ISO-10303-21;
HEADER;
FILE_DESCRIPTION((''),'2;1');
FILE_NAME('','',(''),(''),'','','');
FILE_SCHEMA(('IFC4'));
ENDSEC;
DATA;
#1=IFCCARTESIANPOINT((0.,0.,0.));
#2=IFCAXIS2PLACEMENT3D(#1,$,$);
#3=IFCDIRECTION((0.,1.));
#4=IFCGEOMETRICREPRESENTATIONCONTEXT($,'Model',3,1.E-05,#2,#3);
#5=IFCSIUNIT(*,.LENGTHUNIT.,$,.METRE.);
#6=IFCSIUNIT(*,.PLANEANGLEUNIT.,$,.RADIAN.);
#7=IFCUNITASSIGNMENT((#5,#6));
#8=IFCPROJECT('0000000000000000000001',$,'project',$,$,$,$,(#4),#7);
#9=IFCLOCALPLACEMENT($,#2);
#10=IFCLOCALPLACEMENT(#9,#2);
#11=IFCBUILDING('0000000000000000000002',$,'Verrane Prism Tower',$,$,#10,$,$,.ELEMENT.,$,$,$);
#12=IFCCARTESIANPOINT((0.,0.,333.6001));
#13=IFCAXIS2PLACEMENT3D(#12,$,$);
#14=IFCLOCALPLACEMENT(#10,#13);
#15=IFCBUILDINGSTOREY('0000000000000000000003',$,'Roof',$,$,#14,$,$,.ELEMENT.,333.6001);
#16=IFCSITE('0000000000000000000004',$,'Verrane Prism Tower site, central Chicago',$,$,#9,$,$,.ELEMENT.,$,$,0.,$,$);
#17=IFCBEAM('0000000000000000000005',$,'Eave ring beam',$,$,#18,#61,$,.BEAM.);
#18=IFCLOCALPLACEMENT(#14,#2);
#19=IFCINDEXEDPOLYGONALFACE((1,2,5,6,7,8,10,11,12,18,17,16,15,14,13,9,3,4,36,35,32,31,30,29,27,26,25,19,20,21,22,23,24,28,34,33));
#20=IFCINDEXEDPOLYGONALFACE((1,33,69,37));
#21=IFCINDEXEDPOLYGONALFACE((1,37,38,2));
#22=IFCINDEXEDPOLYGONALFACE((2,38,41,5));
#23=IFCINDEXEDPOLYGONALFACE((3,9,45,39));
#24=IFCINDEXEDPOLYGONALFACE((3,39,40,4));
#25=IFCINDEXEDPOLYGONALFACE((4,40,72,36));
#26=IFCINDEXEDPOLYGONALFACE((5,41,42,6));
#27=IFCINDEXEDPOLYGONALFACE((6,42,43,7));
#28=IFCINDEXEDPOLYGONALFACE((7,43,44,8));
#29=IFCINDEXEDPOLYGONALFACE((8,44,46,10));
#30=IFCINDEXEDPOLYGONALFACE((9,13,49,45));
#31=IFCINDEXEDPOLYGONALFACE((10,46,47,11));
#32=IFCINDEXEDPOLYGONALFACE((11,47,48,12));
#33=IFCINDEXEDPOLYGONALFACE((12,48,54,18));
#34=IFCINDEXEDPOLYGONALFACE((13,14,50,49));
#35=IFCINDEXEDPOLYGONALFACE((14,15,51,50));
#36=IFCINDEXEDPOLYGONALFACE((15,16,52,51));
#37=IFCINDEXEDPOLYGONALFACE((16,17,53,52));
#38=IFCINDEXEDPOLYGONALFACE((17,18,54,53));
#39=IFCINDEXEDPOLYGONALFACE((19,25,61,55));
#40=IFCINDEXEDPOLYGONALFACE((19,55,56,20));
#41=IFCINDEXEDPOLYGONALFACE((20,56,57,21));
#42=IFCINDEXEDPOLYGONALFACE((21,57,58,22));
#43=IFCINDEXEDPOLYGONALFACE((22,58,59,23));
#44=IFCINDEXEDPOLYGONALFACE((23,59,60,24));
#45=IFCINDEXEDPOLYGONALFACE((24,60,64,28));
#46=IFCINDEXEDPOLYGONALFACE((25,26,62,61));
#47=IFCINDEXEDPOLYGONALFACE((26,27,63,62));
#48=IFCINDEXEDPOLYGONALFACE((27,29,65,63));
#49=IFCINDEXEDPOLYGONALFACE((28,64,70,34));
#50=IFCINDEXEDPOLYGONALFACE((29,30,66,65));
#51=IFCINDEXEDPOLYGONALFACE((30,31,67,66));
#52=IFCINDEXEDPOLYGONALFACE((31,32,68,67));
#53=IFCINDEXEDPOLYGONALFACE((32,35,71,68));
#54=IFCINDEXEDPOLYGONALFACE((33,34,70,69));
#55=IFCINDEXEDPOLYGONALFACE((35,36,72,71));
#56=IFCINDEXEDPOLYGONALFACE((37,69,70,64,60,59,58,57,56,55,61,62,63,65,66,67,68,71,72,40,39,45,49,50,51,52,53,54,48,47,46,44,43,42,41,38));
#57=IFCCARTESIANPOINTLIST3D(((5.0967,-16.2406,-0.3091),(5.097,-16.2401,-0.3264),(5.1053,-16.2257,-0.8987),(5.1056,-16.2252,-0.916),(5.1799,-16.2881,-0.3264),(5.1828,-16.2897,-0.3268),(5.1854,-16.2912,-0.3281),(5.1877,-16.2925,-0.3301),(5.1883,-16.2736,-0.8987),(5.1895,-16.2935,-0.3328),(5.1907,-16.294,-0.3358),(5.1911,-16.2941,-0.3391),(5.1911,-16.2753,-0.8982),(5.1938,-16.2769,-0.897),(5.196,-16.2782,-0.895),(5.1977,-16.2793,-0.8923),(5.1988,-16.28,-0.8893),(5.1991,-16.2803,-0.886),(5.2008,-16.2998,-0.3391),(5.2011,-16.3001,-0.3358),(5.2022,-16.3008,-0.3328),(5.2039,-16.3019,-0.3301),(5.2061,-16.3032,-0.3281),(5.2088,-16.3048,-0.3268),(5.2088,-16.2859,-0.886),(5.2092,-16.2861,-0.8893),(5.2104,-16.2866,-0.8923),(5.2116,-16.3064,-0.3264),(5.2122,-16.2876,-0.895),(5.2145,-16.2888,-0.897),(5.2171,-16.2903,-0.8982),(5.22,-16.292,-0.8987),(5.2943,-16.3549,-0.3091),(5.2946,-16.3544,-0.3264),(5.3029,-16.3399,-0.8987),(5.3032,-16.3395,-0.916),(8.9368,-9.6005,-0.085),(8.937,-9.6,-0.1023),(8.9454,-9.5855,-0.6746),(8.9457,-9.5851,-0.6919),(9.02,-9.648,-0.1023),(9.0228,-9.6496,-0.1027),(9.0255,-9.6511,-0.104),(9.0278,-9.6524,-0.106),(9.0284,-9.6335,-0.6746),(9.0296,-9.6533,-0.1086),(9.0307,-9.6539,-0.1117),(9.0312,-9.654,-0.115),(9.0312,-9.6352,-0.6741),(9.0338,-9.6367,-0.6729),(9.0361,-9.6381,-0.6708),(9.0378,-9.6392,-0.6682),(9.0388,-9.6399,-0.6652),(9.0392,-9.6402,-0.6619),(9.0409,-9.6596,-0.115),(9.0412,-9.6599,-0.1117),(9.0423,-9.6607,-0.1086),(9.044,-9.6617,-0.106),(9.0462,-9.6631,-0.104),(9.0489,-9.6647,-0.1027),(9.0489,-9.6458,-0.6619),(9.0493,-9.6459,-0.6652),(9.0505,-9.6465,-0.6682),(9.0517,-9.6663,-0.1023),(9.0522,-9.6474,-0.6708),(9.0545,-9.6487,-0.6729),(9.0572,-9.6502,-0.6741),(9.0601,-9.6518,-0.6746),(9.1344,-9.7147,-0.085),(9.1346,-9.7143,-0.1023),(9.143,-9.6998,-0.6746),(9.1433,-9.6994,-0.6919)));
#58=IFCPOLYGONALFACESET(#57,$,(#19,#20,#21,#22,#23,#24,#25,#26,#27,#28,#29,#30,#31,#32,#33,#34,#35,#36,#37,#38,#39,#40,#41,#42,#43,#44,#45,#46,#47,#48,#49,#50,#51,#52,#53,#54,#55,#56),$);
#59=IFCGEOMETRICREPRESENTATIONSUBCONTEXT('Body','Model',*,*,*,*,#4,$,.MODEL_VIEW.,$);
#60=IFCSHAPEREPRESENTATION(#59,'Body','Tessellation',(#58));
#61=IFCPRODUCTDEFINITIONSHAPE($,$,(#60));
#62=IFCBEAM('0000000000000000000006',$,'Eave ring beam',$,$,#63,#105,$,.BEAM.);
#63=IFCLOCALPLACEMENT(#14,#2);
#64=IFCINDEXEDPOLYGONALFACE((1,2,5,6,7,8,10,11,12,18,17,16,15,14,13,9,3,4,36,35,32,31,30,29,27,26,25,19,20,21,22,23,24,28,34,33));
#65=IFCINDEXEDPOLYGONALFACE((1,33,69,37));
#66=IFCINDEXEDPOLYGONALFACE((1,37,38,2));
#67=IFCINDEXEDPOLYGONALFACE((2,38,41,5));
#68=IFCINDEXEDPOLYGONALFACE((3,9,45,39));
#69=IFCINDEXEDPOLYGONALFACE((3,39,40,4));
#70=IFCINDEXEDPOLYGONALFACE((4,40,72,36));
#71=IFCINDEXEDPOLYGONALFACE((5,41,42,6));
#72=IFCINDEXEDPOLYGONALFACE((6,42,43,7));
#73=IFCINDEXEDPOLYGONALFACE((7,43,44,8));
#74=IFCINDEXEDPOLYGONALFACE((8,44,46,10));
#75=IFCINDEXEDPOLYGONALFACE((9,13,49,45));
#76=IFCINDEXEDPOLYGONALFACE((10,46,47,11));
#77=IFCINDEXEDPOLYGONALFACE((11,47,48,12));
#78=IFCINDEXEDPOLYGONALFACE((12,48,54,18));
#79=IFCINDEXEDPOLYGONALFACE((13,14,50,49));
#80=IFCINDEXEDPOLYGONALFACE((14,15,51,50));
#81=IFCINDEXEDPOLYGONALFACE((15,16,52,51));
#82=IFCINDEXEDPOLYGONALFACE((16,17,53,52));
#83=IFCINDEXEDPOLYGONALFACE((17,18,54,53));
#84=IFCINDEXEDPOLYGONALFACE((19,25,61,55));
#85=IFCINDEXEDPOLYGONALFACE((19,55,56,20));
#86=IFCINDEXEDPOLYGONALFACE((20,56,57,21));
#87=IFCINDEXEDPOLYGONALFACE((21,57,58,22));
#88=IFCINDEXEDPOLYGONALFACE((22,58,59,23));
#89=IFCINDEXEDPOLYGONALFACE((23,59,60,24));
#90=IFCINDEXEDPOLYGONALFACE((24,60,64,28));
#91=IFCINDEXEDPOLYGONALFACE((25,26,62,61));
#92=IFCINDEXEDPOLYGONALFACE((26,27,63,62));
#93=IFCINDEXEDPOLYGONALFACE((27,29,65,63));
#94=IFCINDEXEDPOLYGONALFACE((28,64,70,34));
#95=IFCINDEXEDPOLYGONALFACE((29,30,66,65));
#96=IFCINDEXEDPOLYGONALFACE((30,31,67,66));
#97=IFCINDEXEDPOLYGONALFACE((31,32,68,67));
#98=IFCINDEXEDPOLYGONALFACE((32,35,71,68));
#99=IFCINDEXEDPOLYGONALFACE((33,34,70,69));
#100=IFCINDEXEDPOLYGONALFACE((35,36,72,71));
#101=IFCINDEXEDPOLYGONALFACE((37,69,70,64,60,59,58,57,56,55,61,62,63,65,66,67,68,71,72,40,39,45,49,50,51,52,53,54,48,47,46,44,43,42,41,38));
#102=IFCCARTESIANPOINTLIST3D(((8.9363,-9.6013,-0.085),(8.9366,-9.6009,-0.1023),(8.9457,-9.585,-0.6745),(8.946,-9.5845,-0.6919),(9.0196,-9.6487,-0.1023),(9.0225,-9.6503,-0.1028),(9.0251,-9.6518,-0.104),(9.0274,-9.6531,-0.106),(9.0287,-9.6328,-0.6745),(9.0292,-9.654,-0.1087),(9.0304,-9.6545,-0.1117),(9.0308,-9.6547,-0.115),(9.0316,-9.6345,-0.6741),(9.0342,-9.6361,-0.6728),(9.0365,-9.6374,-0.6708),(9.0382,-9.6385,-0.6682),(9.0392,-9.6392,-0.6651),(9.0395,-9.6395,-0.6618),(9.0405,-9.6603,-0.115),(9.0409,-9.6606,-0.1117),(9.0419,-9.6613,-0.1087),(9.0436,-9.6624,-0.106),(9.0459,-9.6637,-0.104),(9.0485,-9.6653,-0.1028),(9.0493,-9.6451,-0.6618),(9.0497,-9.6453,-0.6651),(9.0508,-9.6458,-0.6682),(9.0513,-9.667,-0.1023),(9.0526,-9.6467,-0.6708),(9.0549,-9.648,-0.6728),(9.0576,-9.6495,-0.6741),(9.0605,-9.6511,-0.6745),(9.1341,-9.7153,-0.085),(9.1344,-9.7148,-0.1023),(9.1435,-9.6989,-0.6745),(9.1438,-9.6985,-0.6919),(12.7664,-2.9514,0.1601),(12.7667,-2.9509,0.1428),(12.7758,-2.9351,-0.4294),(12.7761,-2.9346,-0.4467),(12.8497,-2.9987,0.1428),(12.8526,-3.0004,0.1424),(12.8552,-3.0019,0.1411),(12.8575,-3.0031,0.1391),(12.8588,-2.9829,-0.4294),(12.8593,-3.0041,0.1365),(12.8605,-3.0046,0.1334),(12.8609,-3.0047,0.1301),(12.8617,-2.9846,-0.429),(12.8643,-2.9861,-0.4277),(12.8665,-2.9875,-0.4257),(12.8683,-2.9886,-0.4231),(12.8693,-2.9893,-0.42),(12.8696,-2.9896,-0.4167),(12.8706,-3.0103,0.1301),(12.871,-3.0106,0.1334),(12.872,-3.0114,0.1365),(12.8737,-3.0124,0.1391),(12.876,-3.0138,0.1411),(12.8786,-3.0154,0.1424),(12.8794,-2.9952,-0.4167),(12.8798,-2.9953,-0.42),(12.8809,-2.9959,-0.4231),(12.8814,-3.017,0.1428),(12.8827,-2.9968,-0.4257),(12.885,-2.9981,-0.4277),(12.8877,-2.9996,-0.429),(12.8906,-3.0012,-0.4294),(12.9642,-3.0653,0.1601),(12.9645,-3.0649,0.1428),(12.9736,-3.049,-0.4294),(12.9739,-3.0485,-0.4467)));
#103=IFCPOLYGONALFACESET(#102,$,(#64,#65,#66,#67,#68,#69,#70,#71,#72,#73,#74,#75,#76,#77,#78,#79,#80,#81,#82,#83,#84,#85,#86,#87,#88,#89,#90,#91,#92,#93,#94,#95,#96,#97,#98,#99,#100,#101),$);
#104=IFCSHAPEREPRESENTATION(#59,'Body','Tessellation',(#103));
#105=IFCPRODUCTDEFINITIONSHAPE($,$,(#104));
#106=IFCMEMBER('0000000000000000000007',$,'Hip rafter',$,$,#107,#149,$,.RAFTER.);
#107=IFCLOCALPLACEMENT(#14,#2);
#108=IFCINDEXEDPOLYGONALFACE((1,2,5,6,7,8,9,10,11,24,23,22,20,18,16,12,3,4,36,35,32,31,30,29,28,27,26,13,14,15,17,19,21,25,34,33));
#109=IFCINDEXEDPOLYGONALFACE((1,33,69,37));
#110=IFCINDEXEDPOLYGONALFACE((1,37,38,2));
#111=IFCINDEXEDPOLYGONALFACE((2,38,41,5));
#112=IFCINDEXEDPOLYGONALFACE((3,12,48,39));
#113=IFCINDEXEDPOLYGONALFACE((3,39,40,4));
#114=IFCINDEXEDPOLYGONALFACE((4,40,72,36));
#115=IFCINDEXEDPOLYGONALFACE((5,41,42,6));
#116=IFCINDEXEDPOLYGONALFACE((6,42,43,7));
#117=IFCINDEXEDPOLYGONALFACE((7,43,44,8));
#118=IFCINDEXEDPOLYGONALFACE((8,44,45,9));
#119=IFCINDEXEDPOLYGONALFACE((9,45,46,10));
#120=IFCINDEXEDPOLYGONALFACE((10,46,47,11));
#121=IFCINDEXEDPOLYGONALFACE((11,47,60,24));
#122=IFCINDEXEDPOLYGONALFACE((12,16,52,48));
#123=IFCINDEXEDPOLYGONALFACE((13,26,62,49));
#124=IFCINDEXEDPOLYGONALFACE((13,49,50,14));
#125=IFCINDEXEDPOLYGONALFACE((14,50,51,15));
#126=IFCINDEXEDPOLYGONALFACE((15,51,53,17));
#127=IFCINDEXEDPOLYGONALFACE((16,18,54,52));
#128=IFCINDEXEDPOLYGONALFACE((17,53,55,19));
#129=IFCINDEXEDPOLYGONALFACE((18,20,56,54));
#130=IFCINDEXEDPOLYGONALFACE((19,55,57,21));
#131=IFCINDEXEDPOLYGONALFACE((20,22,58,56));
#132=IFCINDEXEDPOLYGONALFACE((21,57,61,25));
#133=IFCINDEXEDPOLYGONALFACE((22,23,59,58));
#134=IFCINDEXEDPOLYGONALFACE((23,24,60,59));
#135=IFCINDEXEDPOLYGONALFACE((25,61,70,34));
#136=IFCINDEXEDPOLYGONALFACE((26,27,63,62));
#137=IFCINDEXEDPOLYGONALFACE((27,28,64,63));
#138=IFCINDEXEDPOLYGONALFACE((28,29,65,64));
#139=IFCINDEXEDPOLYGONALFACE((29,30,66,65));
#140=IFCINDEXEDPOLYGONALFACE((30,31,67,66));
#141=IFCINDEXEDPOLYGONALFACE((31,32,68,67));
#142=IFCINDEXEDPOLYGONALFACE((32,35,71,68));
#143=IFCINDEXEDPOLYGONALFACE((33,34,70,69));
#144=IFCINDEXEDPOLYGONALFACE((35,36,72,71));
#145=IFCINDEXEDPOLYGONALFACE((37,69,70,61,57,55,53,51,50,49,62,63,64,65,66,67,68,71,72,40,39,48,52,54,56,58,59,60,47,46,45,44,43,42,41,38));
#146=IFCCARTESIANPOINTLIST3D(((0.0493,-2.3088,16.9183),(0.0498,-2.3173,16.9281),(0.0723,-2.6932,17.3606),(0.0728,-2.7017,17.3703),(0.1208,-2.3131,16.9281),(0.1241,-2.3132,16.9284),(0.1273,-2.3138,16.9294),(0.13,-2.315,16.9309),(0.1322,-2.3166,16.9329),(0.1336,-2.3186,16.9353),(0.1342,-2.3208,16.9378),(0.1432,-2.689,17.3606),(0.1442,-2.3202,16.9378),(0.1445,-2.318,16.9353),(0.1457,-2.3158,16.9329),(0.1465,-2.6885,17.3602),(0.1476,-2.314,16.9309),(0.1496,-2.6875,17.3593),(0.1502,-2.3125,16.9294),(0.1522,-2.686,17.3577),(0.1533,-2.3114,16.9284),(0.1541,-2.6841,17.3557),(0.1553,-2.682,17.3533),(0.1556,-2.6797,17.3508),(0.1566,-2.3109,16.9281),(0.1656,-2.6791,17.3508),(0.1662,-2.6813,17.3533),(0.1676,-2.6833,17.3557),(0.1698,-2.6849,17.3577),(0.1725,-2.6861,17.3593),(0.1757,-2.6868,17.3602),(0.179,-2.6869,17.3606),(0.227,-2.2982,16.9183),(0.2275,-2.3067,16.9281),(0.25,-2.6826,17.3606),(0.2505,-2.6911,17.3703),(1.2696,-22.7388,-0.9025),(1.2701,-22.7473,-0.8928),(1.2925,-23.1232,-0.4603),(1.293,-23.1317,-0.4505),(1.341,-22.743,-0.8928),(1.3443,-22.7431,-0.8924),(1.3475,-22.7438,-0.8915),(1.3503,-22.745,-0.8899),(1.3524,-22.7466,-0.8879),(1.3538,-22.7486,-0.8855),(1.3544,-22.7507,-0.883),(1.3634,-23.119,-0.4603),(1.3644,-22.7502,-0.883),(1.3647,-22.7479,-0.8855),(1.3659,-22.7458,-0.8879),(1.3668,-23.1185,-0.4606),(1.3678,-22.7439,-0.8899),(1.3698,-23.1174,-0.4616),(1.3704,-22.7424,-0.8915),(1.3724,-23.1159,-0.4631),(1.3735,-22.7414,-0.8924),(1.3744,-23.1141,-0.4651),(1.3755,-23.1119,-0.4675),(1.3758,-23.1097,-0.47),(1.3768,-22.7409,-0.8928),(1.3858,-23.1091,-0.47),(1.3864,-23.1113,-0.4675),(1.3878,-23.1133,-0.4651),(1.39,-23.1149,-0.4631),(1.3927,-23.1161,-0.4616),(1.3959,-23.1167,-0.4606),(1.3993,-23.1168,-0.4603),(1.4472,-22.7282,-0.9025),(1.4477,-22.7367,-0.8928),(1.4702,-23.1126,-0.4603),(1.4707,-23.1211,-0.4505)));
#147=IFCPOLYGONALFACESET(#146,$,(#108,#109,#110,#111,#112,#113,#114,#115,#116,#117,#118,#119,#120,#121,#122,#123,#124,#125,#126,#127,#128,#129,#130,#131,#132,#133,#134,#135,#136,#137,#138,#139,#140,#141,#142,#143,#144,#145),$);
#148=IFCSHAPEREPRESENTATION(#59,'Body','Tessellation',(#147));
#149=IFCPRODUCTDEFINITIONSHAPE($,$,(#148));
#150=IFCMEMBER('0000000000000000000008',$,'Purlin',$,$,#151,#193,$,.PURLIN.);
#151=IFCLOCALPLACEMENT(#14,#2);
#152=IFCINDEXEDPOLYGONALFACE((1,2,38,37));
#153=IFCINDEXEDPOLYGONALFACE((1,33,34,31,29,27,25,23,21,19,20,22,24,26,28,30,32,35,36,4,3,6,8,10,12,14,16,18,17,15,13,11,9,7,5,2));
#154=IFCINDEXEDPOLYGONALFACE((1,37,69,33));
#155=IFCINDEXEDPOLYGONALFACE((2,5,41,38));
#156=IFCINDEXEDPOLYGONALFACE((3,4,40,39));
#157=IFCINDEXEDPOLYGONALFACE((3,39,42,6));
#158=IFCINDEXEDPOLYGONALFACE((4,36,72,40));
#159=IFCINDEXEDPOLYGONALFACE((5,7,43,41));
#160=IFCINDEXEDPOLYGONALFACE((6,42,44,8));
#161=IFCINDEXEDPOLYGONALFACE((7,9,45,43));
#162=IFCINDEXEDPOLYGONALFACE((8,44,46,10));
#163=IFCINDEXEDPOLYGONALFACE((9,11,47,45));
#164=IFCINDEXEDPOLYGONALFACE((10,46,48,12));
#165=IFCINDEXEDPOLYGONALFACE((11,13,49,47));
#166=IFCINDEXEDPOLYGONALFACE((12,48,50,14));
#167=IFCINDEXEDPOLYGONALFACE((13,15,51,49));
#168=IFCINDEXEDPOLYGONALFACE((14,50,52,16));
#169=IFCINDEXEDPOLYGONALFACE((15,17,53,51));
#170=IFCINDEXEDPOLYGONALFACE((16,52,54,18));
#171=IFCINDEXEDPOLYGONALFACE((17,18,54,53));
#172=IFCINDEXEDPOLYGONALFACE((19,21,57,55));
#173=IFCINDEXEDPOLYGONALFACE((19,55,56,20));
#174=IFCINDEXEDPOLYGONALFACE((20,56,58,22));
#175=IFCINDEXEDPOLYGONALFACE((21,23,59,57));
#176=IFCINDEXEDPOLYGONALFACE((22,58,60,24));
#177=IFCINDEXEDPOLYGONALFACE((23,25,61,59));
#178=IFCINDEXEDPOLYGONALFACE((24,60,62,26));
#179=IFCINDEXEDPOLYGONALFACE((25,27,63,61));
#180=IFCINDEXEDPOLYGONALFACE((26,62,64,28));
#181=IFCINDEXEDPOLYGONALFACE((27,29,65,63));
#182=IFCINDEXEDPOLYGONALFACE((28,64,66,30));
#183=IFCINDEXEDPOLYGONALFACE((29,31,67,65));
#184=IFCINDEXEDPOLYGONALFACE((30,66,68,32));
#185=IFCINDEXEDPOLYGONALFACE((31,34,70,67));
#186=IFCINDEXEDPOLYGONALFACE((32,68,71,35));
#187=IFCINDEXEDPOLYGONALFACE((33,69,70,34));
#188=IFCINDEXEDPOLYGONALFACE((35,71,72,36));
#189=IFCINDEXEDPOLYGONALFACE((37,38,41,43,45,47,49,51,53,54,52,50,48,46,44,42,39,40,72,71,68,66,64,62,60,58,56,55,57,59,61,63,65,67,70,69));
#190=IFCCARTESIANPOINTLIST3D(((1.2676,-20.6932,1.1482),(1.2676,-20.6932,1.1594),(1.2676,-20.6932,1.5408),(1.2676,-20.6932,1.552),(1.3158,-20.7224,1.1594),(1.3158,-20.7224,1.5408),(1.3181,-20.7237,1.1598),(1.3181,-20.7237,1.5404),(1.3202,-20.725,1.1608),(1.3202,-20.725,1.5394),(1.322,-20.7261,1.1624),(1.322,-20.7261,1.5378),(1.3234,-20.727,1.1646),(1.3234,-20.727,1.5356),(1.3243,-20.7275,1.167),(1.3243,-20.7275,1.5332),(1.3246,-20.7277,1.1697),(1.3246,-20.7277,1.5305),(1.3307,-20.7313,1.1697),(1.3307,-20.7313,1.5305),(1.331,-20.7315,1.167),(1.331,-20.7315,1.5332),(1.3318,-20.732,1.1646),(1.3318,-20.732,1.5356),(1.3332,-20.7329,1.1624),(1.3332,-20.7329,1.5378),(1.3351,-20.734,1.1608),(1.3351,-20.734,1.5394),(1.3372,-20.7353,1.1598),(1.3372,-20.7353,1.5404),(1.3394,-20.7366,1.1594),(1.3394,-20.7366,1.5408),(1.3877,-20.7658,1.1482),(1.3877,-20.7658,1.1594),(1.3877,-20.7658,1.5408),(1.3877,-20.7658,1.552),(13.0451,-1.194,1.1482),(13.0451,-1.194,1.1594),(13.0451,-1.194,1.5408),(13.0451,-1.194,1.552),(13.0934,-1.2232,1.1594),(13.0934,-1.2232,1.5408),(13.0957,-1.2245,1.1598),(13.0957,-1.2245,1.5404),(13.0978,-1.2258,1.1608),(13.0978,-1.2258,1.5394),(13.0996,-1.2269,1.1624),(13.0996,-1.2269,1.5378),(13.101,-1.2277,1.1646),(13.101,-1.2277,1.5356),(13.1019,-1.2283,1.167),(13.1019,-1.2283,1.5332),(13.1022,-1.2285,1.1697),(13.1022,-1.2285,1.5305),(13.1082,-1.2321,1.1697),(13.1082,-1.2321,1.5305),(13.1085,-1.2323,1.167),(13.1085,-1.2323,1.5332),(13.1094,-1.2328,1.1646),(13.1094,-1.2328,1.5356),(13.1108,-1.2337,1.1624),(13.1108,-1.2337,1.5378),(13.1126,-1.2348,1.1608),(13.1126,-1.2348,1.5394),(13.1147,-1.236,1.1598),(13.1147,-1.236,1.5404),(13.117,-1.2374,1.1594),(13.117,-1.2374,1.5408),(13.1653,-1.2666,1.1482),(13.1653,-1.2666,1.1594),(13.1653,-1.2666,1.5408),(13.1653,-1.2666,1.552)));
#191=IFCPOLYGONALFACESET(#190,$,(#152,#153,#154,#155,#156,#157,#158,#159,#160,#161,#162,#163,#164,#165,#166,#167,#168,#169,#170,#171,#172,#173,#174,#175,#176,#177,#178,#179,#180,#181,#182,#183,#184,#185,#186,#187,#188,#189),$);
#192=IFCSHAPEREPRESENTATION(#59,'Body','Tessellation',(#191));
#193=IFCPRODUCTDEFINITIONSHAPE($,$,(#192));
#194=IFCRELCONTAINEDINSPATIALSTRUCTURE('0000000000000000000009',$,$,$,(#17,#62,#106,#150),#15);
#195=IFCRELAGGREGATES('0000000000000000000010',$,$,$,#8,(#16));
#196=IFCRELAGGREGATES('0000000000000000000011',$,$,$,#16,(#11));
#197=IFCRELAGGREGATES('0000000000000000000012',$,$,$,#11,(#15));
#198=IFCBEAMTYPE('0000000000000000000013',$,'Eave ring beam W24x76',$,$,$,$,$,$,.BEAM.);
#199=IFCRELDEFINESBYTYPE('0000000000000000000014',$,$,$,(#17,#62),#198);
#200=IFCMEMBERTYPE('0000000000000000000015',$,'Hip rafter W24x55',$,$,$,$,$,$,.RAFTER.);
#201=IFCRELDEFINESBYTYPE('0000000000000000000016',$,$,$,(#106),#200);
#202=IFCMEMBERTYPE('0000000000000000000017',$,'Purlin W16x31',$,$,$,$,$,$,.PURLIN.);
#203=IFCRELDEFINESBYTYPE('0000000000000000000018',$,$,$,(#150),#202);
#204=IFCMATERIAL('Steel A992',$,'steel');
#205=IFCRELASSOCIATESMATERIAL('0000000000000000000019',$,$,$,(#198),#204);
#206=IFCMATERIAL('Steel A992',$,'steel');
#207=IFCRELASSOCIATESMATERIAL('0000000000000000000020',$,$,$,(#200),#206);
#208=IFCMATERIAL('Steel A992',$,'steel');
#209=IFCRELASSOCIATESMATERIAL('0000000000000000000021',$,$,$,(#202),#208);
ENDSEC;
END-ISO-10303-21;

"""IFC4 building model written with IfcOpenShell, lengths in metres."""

from ifc_helpers import new_model, si_unit, direction, frame, origin, origin_2d, place, context, subcontext, project, spatial, i_section, extrude, material, material_profile, profile_set, type_object, element, save


model = new_model("IFC4")

# Units and contexts
model_context = context("Model", 3, precision=1e-05, world=origin(), true_north=direction((0.0, 1.0)))
body_context = subcontext(model_context, "Body", "Model", "MODEL_VIEW")
ifc_project = project(units=[si_unit("LENGTHUNIT", "METRE"), si_unit("PLANEANGLEUNIT", "RADIAN")], contexts=[model_context])

# Site, building, storey
site_placement = place(None, origin())
site = spatial("IfcSite", under=ifc_project, at=site_placement, Name="Verrane Prism Tower site, central Chicago", CompositionType="ELEMENT", RefElevation=0.0)
building_placement = place(site_placement, origin())
building = spatial("IfcBuilding", under=site, at=building_placement, Name="Verrane Prism Tower", CompositionType="ELEMENT")
storey_placement = place(building_placement, frame((0.0, 0.0, 333.6001)))
storey = spatial("IfcBuildingStorey", under=building, at=storey_placement, Name="Roof", CompositionType="ELEMENT", Elevation=333.6001)

# Beams
ifc_material_1 = material(Name="Steel A992", Category="steel")
ifc_material_profile_1 = material_profile(ifc_material_1, i_section(OverallWidth=0.2283, OverallDepth=0.6072, WebThickness=0.0112, FlangeThickness=0.0173, FilletRadius=0.0127, at=origin_2d()), Name="W24x76")
ifc_profile_set_1 = profile_set([ifc_material_profile_1], Name="Steel A992")
beam_type = type_object("IfcBeamType", Name="Eave ring beam W24x76", PredefinedType="BEAM", material=ifc_profile_set_1)
beam_1_placement = place(storey_placement, frame((5.2, -16.29, -0.6125), z_axis=(0.500412, 0.865294, 0.029206), x_axis=(-0.865664, 0.500626, 0.0)))
element("IfcBeam", 1, at=beam_1_placement, inside=storey, type_object=beam_type, Name="Eave ring beam", PredefinedType="BEAM", context=body_context, shape_type="SweptSolid", body=[
    extrude(i_section(OverallWidth=0.2283, OverallDepth=0.6072, WebThickness=0.0112, FlangeThickness=0.0173, FilletRadius=0.0127, at=origin_2d()), origin(), (0.0, 0.0, 1.0), 7.6738),
])
beam_2_placement = place(storey_placement, frame((9.04, -9.6499, -0.3884), z_axis=(0.498842, 0.866105, 0.031925), x_axis=(-0.866547, 0.499096, 0.0)))
element("IfcBeam", 2, at=beam_2_placement, inside=storey, type_object=beam_type, Name="Eave ring beam", PredefinedType="BEAM", context=body_context, shape_type="SweptSolid", body=[
    extrude(i_section(OverallWidth=0.2283, OverallDepth=0.6072, WebThickness=0.0112, FlangeThickness=0.0173, FilletRadius=0.0127, at=origin_2d()), origin(), (0.0, 0.0, 1.0), 7.678),
])

# Members
ifc_material_2 = material(Name="Steel A992", Category="steel")
ifc_material_profile_2 = material_profile(ifc_material_2, i_section(OverallWidth=0.178, OverallDepth=0.5994, WebThickness=0.01, FlangeThickness=0.0129, FilletRadius=0.0129, at=origin_2d()), Name="W24x55")
ifc_profile_set_2 = profile_set([ifc_material_profile_2], Name="Steel A992")
member_type_1 = type_object("IfcMemberType", Name="Hip rafter W24x55", PredefinedType="RAFTER", material=ifc_profile_set_2)
member_1_placement = place(storey_placement, frame((1.3701, -22.9299, -0.6765), z_axis=(-0.044964, 0.752826, 0.656682), x_axis=(-0.998221, -0.059621, 0.0)))
element("IfcMember", 3, at=member_1_placement, inside=storey, type_object=member_type_1, Name="Hip rafter", PredefinedType="RAFTER", context=body_context, shape_type="SweptSolid", body=[
    extrude(i_section(OverallWidth=0.178, OverallDepth=0.5994, WebThickness=0.01, FlangeThickness=0.0129, FilletRadius=0.0129, at=origin_2d()), origin(), (0.0, 0.0, 1.0), 27.1377),
])
ifc_material_3 = material(Name="Steel A992", Category="steel")
ifc_material_profile_3 = material_profile(ifc_material_3, i_section(OverallWidth=0.1404, OverallDepth=0.4038, WebThickness=0.0071, FlangeThickness=0.0112, FilletRadius=0.0103, at=origin_2d()), Name="W16x31")
ifc_profile_set_3 = profile_set([ifc_material_profile_3], Name="Steel A992")
member_type_2 = type_object("IfcMemberType", Name="Purlin W16x31", PredefinedType="PURLIN", material=ifc_profile_set_3)
member_2_placement = place(storey_placement, frame((1.3276, -20.7295, 1.3501), z_axis=(0.517012, 0.855978, 0.0), x_axis=(-0.855978, 0.517012, 0.0)))
element("IfcMember", 4, at=member_2_placement, inside=storey, type_object=member_type_2, Name="Purlin", PredefinedType="PURLIN", context=body_context, shape_type="SweptSolid", body=[
    extrude(i_section(OverallWidth=0.1404, OverallDepth=0.4038, WebThickness=0.0071, FlangeThickness=0.0112, FilletRadius=0.0103, at=origin_2d()), origin(), (0.0, 0.0, 1.0), 22.78),
])

save(model, "model.ifc")
